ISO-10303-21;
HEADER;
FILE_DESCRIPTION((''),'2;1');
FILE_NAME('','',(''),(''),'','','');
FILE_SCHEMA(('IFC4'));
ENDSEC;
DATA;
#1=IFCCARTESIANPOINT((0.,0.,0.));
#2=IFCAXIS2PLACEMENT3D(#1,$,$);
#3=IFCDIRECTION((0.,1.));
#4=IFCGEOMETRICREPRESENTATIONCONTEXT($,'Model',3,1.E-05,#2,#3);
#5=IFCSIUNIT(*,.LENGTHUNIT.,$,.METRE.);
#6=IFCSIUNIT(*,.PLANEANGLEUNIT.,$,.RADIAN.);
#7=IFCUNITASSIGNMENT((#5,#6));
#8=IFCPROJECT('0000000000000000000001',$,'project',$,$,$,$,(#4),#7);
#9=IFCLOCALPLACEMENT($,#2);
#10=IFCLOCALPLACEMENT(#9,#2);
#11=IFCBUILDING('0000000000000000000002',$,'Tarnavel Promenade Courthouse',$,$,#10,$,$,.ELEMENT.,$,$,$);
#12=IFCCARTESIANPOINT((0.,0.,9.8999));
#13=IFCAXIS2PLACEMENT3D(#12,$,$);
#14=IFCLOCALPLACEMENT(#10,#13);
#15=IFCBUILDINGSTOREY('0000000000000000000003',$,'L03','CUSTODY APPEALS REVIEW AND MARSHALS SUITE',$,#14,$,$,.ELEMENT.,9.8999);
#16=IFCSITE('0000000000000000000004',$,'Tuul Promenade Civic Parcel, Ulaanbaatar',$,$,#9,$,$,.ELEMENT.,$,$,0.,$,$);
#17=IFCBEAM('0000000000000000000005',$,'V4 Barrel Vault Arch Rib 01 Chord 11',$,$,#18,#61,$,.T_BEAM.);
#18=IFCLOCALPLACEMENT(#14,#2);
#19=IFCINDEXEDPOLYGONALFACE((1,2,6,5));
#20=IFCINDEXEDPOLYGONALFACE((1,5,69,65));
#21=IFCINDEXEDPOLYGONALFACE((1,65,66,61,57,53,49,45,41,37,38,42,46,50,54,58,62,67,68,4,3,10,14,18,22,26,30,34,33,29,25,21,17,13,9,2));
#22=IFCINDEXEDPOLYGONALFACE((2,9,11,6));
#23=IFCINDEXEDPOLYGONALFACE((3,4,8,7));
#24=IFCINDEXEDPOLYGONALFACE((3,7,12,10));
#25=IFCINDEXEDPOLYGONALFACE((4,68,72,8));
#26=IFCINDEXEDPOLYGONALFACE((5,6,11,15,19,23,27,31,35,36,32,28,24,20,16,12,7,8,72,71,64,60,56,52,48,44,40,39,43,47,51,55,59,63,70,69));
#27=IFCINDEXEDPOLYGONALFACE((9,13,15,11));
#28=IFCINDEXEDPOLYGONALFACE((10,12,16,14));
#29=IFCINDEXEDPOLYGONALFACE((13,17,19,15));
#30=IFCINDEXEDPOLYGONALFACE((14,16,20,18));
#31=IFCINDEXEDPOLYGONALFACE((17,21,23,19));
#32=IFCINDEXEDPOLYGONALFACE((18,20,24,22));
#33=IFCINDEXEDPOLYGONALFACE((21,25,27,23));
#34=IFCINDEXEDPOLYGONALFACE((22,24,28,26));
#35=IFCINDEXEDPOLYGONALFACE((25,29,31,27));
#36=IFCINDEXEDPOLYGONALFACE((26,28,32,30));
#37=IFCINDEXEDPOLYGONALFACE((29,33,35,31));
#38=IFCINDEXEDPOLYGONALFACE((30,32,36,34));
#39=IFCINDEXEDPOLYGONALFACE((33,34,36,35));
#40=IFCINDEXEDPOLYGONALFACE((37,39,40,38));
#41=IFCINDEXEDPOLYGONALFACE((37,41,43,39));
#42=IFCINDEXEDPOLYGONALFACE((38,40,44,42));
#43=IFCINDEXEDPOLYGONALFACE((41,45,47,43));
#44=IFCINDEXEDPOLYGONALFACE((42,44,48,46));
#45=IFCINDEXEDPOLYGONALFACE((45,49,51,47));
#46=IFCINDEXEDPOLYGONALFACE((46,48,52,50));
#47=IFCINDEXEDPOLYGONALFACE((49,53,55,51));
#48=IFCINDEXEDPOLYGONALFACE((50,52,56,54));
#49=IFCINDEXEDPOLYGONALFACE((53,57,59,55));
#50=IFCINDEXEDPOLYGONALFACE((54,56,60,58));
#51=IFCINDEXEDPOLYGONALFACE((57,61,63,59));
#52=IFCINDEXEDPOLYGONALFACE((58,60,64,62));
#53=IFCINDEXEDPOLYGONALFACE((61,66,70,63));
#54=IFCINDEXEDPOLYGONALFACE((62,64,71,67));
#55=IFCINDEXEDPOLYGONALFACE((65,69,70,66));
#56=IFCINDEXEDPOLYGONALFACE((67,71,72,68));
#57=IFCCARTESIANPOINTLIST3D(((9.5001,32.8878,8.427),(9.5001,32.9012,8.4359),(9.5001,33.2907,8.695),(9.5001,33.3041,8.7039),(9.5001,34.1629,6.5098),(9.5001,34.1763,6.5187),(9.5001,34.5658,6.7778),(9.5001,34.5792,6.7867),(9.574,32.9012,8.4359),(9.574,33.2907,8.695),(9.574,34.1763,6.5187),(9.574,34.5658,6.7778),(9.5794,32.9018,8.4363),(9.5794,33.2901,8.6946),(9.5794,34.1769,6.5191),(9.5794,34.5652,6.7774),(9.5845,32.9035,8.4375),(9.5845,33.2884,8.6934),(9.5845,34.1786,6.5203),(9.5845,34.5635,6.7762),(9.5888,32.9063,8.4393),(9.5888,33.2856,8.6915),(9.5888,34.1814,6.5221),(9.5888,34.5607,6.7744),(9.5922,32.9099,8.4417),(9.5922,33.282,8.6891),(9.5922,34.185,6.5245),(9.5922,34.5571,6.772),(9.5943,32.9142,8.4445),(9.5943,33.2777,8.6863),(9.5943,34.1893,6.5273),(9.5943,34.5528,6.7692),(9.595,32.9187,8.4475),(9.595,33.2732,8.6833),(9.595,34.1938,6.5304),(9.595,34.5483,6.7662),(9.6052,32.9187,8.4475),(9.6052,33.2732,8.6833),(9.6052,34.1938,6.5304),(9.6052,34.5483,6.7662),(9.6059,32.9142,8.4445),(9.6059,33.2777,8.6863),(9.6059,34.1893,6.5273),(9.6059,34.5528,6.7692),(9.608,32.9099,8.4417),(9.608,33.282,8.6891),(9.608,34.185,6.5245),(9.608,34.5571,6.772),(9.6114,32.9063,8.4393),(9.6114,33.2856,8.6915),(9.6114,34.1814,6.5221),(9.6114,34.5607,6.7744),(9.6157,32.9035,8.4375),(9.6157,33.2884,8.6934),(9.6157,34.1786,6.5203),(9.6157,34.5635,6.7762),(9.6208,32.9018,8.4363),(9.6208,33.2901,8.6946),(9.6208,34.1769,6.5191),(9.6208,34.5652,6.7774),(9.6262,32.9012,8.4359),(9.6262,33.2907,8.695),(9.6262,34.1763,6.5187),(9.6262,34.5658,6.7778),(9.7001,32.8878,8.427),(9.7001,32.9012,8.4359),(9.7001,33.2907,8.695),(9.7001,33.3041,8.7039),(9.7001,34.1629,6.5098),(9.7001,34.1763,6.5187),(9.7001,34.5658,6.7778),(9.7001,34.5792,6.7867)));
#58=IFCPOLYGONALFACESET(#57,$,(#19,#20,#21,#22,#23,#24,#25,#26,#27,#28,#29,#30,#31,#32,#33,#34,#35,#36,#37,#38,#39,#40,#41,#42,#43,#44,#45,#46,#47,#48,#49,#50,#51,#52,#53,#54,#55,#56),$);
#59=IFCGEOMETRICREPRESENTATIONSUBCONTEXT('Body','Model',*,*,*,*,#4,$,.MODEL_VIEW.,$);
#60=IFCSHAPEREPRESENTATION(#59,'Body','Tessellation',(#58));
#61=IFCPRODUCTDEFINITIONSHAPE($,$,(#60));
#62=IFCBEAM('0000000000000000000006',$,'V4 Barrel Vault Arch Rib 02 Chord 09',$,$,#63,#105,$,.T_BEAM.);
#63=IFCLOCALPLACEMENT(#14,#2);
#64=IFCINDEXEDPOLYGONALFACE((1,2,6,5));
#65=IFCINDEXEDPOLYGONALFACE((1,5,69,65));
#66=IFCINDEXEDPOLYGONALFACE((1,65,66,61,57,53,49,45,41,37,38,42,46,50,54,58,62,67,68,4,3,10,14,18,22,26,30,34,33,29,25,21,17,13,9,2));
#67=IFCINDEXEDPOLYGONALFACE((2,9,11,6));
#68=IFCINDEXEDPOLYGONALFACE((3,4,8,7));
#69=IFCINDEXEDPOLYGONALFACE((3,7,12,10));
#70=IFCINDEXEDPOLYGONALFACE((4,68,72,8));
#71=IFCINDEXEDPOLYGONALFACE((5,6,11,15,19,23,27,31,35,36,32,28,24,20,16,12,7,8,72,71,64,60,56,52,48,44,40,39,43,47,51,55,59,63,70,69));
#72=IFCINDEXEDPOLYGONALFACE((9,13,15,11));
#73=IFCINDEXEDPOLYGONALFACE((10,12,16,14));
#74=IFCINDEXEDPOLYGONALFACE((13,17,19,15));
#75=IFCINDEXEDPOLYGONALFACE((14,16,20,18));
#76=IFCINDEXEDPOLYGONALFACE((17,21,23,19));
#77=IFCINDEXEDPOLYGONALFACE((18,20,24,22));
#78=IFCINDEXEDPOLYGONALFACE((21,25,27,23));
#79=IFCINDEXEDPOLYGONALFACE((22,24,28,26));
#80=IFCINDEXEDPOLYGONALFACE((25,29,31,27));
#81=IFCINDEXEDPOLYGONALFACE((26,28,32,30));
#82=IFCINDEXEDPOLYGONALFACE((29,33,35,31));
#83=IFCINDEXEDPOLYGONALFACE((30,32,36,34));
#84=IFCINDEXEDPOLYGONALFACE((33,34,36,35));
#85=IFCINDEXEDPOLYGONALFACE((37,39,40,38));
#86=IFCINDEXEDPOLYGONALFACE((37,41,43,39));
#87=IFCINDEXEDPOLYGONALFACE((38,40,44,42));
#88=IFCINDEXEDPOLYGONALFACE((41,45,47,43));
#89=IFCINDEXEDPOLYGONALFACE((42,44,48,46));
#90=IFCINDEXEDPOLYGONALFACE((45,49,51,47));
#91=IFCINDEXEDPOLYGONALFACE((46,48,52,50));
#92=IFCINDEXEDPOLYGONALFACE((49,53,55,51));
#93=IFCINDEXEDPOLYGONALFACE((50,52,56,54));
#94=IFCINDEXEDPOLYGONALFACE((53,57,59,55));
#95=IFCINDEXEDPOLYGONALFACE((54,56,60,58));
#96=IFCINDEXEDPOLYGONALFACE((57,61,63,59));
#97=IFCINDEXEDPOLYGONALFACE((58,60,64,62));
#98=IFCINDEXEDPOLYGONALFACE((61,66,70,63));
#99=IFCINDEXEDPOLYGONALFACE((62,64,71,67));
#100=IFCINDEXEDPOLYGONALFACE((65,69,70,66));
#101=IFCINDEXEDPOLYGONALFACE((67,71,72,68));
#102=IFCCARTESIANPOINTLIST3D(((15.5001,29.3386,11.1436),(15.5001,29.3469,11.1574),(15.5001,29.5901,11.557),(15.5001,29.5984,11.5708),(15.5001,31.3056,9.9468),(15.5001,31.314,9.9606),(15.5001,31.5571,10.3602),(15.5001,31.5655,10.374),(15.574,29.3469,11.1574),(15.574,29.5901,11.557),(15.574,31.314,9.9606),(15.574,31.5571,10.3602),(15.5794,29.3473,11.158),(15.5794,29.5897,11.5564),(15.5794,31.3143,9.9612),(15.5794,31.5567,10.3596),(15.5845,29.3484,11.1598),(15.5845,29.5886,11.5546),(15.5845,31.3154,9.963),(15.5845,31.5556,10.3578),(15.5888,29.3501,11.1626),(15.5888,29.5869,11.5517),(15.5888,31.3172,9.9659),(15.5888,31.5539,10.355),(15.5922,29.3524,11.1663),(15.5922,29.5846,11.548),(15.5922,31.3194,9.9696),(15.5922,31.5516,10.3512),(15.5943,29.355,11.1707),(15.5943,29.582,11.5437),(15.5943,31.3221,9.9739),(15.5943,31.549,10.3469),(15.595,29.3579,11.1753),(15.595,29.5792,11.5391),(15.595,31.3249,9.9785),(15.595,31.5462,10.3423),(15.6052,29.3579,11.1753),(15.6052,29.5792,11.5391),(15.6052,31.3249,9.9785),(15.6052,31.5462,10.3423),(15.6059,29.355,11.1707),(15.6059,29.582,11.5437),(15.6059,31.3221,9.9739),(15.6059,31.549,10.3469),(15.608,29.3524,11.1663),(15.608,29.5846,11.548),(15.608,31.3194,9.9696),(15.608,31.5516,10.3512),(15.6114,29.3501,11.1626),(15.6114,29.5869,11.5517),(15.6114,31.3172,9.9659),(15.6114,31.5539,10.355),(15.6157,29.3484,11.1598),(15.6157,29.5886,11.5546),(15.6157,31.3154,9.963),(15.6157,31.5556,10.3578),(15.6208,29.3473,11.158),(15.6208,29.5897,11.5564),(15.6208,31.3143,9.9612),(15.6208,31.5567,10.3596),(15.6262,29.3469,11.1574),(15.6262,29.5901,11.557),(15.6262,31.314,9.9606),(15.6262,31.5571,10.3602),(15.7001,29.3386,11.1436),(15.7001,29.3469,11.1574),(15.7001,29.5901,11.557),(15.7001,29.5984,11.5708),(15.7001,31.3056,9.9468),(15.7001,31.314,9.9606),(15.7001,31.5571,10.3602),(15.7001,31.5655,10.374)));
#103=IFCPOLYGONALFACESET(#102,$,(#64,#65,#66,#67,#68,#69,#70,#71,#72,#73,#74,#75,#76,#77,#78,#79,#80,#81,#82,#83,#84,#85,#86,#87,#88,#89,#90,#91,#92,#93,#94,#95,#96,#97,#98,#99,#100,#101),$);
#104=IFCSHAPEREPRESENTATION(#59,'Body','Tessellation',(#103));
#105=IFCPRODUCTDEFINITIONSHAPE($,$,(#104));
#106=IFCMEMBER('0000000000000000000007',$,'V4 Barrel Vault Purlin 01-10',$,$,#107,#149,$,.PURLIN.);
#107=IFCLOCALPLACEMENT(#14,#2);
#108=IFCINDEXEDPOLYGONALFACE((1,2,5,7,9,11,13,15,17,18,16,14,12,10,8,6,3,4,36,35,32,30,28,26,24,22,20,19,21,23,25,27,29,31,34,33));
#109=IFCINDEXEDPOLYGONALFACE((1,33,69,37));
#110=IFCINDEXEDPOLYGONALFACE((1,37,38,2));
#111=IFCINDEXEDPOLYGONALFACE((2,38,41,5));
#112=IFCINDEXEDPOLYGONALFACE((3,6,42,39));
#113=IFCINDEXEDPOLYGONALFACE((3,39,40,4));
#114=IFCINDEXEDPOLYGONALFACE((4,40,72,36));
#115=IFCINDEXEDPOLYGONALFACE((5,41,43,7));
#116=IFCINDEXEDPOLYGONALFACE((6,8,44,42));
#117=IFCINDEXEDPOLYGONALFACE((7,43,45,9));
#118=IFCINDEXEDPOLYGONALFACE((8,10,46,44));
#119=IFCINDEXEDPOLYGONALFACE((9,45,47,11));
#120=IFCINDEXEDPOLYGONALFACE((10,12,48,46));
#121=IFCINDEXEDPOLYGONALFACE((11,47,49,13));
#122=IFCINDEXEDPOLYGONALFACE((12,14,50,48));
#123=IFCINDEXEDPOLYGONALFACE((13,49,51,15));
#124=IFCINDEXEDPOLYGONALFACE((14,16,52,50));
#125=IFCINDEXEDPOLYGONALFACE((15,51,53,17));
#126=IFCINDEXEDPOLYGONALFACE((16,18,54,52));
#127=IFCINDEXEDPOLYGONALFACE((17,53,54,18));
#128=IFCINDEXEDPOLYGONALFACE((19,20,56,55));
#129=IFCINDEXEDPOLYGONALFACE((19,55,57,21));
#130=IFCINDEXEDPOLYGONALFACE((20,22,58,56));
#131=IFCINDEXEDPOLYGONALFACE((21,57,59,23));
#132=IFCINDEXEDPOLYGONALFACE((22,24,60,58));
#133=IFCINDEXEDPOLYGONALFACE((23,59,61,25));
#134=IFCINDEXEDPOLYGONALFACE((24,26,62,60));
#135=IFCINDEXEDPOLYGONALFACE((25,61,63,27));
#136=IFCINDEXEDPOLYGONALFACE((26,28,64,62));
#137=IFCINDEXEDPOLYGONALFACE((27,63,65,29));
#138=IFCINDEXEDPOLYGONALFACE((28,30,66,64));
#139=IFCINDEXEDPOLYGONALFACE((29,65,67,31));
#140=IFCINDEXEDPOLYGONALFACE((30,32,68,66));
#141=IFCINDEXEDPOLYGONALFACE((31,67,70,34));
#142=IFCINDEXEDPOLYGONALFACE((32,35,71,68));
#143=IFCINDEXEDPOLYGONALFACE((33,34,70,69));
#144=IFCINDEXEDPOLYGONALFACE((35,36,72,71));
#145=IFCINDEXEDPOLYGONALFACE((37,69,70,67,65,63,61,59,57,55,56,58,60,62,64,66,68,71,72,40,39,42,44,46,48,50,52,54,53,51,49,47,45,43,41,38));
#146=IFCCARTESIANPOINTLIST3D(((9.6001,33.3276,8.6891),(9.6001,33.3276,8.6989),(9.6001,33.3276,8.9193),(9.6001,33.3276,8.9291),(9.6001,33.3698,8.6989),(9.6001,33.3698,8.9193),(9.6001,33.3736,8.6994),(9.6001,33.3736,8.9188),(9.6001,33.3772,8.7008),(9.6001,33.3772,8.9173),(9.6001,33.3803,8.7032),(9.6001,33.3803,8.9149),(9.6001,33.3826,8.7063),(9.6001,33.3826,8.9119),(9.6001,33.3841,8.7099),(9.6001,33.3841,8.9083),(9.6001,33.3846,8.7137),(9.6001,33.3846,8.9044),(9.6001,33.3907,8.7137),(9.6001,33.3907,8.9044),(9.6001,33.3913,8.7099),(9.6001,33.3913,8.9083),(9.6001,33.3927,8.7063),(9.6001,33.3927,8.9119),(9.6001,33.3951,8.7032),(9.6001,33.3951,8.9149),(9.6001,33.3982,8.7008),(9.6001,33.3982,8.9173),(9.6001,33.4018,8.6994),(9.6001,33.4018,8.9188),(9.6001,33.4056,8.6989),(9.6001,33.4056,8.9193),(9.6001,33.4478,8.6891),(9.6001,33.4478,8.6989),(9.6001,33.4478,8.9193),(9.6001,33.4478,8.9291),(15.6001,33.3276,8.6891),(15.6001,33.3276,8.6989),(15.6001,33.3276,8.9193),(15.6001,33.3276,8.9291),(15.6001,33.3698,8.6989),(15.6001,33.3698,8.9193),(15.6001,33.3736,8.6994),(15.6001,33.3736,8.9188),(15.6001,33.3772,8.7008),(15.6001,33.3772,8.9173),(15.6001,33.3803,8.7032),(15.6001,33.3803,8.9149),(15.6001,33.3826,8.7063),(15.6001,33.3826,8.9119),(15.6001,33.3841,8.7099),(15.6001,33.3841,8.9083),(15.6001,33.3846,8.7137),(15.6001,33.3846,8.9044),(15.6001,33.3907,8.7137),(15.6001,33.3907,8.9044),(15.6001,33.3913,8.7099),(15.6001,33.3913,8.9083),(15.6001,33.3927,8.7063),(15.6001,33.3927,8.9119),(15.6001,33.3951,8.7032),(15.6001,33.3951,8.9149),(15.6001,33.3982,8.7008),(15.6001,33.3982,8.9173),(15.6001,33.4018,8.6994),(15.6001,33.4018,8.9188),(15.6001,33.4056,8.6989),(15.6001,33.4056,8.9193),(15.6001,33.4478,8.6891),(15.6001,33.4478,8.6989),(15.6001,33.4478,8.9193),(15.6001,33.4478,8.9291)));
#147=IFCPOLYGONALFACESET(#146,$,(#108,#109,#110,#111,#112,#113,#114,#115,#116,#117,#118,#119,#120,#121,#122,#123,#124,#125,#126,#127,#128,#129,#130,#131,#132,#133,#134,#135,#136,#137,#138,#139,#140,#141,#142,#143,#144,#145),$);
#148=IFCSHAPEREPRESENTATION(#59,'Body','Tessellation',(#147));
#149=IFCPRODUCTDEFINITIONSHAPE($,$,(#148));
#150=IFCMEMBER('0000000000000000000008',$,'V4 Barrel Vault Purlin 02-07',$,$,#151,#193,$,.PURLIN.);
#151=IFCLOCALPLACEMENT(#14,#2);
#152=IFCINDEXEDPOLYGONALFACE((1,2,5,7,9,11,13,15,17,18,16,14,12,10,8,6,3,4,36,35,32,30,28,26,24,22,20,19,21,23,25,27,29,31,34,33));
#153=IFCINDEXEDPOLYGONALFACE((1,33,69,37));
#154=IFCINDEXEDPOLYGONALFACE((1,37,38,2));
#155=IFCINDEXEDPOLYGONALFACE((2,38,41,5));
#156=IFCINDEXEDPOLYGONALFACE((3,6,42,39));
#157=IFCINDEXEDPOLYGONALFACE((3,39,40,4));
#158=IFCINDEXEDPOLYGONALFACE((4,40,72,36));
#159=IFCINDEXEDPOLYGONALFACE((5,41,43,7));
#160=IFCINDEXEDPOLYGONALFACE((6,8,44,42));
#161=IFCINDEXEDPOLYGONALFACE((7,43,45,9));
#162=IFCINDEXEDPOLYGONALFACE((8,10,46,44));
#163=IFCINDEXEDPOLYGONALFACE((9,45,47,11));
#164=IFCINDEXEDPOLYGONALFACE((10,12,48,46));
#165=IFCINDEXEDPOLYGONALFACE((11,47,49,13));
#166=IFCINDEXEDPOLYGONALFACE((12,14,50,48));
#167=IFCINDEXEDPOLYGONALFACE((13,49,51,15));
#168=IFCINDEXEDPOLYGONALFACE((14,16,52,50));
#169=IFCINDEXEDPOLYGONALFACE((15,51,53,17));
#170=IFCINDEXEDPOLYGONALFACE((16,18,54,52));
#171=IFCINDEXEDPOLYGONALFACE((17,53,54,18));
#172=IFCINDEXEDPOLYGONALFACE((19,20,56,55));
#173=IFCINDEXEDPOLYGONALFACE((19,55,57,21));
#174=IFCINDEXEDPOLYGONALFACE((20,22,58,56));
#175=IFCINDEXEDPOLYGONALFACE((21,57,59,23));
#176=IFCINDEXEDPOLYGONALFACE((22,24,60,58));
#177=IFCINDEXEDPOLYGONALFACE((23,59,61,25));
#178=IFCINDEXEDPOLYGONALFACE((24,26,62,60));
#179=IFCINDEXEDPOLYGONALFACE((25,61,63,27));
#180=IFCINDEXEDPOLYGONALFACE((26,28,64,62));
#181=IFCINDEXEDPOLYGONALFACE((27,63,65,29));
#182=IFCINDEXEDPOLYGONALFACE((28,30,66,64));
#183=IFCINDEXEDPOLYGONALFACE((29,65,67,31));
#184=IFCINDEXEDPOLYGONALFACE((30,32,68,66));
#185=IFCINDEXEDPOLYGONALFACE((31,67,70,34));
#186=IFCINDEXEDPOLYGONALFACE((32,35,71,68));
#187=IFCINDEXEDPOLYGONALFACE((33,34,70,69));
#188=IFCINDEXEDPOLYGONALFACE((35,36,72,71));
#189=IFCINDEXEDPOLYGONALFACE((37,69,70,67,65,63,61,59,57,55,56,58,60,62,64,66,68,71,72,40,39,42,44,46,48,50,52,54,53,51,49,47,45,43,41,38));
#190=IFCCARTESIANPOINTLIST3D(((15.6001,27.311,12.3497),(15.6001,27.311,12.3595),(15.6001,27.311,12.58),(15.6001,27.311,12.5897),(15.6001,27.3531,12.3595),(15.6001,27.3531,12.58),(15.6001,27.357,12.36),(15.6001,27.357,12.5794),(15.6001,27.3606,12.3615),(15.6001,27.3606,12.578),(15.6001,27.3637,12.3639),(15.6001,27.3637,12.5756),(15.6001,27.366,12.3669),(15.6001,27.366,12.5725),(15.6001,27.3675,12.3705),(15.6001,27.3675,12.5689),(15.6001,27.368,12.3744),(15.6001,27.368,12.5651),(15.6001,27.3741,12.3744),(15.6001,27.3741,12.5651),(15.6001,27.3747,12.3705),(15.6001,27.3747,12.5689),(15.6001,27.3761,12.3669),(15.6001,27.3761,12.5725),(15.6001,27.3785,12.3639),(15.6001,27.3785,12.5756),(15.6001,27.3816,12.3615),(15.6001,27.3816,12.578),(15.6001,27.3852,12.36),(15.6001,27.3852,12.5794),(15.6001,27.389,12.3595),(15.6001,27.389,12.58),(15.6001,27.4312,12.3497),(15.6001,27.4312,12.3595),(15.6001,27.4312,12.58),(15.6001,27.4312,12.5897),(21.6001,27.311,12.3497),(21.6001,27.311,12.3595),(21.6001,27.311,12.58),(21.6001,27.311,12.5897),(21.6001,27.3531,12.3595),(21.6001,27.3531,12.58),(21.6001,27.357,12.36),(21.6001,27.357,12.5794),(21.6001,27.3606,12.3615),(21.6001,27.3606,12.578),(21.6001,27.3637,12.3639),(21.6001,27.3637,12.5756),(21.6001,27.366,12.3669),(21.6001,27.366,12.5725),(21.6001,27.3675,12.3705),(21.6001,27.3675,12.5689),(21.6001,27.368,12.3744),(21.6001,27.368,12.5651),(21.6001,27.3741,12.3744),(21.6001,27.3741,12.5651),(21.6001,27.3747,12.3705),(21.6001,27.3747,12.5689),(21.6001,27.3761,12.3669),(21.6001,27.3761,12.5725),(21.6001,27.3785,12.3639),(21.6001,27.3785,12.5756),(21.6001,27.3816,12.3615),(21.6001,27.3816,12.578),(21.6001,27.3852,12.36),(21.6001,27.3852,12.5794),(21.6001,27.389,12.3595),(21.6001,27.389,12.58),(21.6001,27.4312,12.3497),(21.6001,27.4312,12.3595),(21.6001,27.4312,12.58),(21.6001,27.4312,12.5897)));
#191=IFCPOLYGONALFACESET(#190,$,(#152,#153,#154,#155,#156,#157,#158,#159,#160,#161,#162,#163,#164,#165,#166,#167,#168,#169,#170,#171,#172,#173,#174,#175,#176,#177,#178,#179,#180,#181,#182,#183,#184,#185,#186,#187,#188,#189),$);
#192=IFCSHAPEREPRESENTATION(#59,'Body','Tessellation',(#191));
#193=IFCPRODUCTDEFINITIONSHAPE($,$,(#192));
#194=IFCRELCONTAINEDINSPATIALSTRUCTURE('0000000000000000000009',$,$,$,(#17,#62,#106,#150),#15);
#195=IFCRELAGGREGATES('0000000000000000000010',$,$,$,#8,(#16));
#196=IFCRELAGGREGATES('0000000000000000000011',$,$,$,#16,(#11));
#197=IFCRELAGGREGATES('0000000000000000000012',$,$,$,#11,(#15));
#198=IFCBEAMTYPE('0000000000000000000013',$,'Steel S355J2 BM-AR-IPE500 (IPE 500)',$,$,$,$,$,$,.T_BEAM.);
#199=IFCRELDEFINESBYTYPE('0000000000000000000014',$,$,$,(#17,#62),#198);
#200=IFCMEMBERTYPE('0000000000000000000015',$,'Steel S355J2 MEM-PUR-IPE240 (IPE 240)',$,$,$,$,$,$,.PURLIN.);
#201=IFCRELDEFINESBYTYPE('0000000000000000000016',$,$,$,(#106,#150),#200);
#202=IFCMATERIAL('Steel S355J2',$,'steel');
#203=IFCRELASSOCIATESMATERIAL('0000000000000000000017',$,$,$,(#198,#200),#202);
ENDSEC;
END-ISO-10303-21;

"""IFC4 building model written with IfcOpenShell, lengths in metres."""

from ifc_helpers import new_model, si_unit, direction, frame, origin, origin_2d, place, context, subcontext, project, spatial, i_section, extrude, material, material_profile, profile_set, type_object, element, save


model = new_model("IFC4")

# Units and contexts
model_context = context("Model", 3, precision=1e-05, world=origin(), true_north=direction((0.0, 1.0)))
body_context = subcontext(model_context, "Body", "Model", "MODEL_VIEW")
ifc_project = project(units=[si_unit("LENGTHUNIT", "METRE"), si_unit("PLANEANGLEUNIT", "RADIAN")], contexts=[model_context])

# Site, building, storey
site_placement = place(None, origin())
site = spatial("IfcSite", under=ifc_project, at=site_placement, Name="Tuul Promenade Civic Parcel, Ulaanbaatar", CompositionType="ELEMENT", RefElevation=0.0)
building_placement = place(site_placement, origin())
building = spatial("IfcBuilding", under=site, at=building_placement, Name="Tarnavel Promenade Courthouse", CompositionType="ELEMENT")
storey_placement = place(building_placement, frame((0.0, 0.0, 9.8999)))
storey = spatial("IfcBuildingStorey", under=building, at=storey_placement, Name="L03", Description="CUSTODY APPEALS REVIEW AND MARSHALS SUITE", CompositionType="ELEMENT", Elevation=9.8999)

# Beams
ifc_material_1 = material(Name="Steel S355J2", Category="steel")
ifc_material_profile_1 = material_profile(ifc_material_1, i_section(OverallWidth=0.2, OverallDepth=0.5, WebThickness=0.0103, FlangeThickness=0.0161, FilletRadius=0.021, at=origin_2d()), Name="IPE 500")
ifc_profile_set_1 = profile_set([ifc_material_profile_1], Name="Steel S355J2")
beam_type = type_object("IfcBeamType", Name="Steel S355J2 BM-AR-IPE500 (IPE 500)", PredefinedType="T_BEAM", material=ifc_profile_set_1)
for number, where, z_axis, x_axis, name in (
    (1, (9.6001, 33.0959, 8.5654), (0.0, 0.553795, -0.832653), (-1.0, 0.0, 0.0), "V4 Barrel Vault Arch Rib 01 Chord 11"),
    (2, (15.6001, 29.4685, 11.3572), (0.0, 0.854305, -0.519772), (-1.0, 0.0, 0.0), "V4 Barrel Vault Arch Rib 02 Chord 09"),
):
    element("IfcBeam", number, at=place(storey_placement, frame(where, z_axis=z_axis, x_axis=x_axis)), inside=storey, type_object=beam_type, Name=name, PredefinedType="T_BEAM", context=body_context, shape_type="SweptSolid", body=[
        extrude(i_section(OverallWidth=0.2, OverallDepth=0.5, WebThickness=0.0103, FlangeThickness=0.0161, FilletRadius=0.021, at=origin_2d()), origin(), (0.0, 0.0, 1.0), 2.3025),
    ])

# Members
ifc_material_profile_2 = material_profile(ifc_material_1, i_section(OverallWidth=0.1201, OverallDepth=0.24, WebThickness=0.0061, FlangeThickness=0.0098, FilletRadius=0.0149, at=origin_2d()), Name="IPE 240")
ifc_profile_set_2 = profile_set([ifc_material_profile_2], Name="Steel S355J2")
member_type_1 = type_object("IfcMemberType", Name="Steel S355J2 MEM-PUR-IPE240 (IPE 240)", PredefinedType="PURLIN", material=ifc_profile_set_2)
for number, where, z_axis, x_axis, name in (
    (3, (9.6001, 33.3877, 8.8091), (1.0, 0.0, 0.0), (0.0, 1.0, 0.0), "V4 Barrel Vault Purlin 01-10"),
    (4, (15.6001, 27.3711, 12.4697), (1.0, 0.0, 0.0), (0.0, 1.0, 0.0), "V4 Barrel Vault Purlin 02-07"),
):
    element("IfcMember", number, at=place(storey_placement, frame(where, z_axis=z_axis, x_axis=x_axis)), inside=storey, type_object=member_type_1, Name=name, PredefinedType="PURLIN", context=body_context, shape_type="SweptSolid", body=[
        extrude(i_section(OverallWidth=0.1201, OverallDepth=0.24, WebThickness=0.0061, FlangeThickness=0.0098, FilletRadius=0.0149, at=origin_2d()), origin(), (0.0, 0.0, 1.0), 6.0),
    ])

save(model, "model.ifc")
